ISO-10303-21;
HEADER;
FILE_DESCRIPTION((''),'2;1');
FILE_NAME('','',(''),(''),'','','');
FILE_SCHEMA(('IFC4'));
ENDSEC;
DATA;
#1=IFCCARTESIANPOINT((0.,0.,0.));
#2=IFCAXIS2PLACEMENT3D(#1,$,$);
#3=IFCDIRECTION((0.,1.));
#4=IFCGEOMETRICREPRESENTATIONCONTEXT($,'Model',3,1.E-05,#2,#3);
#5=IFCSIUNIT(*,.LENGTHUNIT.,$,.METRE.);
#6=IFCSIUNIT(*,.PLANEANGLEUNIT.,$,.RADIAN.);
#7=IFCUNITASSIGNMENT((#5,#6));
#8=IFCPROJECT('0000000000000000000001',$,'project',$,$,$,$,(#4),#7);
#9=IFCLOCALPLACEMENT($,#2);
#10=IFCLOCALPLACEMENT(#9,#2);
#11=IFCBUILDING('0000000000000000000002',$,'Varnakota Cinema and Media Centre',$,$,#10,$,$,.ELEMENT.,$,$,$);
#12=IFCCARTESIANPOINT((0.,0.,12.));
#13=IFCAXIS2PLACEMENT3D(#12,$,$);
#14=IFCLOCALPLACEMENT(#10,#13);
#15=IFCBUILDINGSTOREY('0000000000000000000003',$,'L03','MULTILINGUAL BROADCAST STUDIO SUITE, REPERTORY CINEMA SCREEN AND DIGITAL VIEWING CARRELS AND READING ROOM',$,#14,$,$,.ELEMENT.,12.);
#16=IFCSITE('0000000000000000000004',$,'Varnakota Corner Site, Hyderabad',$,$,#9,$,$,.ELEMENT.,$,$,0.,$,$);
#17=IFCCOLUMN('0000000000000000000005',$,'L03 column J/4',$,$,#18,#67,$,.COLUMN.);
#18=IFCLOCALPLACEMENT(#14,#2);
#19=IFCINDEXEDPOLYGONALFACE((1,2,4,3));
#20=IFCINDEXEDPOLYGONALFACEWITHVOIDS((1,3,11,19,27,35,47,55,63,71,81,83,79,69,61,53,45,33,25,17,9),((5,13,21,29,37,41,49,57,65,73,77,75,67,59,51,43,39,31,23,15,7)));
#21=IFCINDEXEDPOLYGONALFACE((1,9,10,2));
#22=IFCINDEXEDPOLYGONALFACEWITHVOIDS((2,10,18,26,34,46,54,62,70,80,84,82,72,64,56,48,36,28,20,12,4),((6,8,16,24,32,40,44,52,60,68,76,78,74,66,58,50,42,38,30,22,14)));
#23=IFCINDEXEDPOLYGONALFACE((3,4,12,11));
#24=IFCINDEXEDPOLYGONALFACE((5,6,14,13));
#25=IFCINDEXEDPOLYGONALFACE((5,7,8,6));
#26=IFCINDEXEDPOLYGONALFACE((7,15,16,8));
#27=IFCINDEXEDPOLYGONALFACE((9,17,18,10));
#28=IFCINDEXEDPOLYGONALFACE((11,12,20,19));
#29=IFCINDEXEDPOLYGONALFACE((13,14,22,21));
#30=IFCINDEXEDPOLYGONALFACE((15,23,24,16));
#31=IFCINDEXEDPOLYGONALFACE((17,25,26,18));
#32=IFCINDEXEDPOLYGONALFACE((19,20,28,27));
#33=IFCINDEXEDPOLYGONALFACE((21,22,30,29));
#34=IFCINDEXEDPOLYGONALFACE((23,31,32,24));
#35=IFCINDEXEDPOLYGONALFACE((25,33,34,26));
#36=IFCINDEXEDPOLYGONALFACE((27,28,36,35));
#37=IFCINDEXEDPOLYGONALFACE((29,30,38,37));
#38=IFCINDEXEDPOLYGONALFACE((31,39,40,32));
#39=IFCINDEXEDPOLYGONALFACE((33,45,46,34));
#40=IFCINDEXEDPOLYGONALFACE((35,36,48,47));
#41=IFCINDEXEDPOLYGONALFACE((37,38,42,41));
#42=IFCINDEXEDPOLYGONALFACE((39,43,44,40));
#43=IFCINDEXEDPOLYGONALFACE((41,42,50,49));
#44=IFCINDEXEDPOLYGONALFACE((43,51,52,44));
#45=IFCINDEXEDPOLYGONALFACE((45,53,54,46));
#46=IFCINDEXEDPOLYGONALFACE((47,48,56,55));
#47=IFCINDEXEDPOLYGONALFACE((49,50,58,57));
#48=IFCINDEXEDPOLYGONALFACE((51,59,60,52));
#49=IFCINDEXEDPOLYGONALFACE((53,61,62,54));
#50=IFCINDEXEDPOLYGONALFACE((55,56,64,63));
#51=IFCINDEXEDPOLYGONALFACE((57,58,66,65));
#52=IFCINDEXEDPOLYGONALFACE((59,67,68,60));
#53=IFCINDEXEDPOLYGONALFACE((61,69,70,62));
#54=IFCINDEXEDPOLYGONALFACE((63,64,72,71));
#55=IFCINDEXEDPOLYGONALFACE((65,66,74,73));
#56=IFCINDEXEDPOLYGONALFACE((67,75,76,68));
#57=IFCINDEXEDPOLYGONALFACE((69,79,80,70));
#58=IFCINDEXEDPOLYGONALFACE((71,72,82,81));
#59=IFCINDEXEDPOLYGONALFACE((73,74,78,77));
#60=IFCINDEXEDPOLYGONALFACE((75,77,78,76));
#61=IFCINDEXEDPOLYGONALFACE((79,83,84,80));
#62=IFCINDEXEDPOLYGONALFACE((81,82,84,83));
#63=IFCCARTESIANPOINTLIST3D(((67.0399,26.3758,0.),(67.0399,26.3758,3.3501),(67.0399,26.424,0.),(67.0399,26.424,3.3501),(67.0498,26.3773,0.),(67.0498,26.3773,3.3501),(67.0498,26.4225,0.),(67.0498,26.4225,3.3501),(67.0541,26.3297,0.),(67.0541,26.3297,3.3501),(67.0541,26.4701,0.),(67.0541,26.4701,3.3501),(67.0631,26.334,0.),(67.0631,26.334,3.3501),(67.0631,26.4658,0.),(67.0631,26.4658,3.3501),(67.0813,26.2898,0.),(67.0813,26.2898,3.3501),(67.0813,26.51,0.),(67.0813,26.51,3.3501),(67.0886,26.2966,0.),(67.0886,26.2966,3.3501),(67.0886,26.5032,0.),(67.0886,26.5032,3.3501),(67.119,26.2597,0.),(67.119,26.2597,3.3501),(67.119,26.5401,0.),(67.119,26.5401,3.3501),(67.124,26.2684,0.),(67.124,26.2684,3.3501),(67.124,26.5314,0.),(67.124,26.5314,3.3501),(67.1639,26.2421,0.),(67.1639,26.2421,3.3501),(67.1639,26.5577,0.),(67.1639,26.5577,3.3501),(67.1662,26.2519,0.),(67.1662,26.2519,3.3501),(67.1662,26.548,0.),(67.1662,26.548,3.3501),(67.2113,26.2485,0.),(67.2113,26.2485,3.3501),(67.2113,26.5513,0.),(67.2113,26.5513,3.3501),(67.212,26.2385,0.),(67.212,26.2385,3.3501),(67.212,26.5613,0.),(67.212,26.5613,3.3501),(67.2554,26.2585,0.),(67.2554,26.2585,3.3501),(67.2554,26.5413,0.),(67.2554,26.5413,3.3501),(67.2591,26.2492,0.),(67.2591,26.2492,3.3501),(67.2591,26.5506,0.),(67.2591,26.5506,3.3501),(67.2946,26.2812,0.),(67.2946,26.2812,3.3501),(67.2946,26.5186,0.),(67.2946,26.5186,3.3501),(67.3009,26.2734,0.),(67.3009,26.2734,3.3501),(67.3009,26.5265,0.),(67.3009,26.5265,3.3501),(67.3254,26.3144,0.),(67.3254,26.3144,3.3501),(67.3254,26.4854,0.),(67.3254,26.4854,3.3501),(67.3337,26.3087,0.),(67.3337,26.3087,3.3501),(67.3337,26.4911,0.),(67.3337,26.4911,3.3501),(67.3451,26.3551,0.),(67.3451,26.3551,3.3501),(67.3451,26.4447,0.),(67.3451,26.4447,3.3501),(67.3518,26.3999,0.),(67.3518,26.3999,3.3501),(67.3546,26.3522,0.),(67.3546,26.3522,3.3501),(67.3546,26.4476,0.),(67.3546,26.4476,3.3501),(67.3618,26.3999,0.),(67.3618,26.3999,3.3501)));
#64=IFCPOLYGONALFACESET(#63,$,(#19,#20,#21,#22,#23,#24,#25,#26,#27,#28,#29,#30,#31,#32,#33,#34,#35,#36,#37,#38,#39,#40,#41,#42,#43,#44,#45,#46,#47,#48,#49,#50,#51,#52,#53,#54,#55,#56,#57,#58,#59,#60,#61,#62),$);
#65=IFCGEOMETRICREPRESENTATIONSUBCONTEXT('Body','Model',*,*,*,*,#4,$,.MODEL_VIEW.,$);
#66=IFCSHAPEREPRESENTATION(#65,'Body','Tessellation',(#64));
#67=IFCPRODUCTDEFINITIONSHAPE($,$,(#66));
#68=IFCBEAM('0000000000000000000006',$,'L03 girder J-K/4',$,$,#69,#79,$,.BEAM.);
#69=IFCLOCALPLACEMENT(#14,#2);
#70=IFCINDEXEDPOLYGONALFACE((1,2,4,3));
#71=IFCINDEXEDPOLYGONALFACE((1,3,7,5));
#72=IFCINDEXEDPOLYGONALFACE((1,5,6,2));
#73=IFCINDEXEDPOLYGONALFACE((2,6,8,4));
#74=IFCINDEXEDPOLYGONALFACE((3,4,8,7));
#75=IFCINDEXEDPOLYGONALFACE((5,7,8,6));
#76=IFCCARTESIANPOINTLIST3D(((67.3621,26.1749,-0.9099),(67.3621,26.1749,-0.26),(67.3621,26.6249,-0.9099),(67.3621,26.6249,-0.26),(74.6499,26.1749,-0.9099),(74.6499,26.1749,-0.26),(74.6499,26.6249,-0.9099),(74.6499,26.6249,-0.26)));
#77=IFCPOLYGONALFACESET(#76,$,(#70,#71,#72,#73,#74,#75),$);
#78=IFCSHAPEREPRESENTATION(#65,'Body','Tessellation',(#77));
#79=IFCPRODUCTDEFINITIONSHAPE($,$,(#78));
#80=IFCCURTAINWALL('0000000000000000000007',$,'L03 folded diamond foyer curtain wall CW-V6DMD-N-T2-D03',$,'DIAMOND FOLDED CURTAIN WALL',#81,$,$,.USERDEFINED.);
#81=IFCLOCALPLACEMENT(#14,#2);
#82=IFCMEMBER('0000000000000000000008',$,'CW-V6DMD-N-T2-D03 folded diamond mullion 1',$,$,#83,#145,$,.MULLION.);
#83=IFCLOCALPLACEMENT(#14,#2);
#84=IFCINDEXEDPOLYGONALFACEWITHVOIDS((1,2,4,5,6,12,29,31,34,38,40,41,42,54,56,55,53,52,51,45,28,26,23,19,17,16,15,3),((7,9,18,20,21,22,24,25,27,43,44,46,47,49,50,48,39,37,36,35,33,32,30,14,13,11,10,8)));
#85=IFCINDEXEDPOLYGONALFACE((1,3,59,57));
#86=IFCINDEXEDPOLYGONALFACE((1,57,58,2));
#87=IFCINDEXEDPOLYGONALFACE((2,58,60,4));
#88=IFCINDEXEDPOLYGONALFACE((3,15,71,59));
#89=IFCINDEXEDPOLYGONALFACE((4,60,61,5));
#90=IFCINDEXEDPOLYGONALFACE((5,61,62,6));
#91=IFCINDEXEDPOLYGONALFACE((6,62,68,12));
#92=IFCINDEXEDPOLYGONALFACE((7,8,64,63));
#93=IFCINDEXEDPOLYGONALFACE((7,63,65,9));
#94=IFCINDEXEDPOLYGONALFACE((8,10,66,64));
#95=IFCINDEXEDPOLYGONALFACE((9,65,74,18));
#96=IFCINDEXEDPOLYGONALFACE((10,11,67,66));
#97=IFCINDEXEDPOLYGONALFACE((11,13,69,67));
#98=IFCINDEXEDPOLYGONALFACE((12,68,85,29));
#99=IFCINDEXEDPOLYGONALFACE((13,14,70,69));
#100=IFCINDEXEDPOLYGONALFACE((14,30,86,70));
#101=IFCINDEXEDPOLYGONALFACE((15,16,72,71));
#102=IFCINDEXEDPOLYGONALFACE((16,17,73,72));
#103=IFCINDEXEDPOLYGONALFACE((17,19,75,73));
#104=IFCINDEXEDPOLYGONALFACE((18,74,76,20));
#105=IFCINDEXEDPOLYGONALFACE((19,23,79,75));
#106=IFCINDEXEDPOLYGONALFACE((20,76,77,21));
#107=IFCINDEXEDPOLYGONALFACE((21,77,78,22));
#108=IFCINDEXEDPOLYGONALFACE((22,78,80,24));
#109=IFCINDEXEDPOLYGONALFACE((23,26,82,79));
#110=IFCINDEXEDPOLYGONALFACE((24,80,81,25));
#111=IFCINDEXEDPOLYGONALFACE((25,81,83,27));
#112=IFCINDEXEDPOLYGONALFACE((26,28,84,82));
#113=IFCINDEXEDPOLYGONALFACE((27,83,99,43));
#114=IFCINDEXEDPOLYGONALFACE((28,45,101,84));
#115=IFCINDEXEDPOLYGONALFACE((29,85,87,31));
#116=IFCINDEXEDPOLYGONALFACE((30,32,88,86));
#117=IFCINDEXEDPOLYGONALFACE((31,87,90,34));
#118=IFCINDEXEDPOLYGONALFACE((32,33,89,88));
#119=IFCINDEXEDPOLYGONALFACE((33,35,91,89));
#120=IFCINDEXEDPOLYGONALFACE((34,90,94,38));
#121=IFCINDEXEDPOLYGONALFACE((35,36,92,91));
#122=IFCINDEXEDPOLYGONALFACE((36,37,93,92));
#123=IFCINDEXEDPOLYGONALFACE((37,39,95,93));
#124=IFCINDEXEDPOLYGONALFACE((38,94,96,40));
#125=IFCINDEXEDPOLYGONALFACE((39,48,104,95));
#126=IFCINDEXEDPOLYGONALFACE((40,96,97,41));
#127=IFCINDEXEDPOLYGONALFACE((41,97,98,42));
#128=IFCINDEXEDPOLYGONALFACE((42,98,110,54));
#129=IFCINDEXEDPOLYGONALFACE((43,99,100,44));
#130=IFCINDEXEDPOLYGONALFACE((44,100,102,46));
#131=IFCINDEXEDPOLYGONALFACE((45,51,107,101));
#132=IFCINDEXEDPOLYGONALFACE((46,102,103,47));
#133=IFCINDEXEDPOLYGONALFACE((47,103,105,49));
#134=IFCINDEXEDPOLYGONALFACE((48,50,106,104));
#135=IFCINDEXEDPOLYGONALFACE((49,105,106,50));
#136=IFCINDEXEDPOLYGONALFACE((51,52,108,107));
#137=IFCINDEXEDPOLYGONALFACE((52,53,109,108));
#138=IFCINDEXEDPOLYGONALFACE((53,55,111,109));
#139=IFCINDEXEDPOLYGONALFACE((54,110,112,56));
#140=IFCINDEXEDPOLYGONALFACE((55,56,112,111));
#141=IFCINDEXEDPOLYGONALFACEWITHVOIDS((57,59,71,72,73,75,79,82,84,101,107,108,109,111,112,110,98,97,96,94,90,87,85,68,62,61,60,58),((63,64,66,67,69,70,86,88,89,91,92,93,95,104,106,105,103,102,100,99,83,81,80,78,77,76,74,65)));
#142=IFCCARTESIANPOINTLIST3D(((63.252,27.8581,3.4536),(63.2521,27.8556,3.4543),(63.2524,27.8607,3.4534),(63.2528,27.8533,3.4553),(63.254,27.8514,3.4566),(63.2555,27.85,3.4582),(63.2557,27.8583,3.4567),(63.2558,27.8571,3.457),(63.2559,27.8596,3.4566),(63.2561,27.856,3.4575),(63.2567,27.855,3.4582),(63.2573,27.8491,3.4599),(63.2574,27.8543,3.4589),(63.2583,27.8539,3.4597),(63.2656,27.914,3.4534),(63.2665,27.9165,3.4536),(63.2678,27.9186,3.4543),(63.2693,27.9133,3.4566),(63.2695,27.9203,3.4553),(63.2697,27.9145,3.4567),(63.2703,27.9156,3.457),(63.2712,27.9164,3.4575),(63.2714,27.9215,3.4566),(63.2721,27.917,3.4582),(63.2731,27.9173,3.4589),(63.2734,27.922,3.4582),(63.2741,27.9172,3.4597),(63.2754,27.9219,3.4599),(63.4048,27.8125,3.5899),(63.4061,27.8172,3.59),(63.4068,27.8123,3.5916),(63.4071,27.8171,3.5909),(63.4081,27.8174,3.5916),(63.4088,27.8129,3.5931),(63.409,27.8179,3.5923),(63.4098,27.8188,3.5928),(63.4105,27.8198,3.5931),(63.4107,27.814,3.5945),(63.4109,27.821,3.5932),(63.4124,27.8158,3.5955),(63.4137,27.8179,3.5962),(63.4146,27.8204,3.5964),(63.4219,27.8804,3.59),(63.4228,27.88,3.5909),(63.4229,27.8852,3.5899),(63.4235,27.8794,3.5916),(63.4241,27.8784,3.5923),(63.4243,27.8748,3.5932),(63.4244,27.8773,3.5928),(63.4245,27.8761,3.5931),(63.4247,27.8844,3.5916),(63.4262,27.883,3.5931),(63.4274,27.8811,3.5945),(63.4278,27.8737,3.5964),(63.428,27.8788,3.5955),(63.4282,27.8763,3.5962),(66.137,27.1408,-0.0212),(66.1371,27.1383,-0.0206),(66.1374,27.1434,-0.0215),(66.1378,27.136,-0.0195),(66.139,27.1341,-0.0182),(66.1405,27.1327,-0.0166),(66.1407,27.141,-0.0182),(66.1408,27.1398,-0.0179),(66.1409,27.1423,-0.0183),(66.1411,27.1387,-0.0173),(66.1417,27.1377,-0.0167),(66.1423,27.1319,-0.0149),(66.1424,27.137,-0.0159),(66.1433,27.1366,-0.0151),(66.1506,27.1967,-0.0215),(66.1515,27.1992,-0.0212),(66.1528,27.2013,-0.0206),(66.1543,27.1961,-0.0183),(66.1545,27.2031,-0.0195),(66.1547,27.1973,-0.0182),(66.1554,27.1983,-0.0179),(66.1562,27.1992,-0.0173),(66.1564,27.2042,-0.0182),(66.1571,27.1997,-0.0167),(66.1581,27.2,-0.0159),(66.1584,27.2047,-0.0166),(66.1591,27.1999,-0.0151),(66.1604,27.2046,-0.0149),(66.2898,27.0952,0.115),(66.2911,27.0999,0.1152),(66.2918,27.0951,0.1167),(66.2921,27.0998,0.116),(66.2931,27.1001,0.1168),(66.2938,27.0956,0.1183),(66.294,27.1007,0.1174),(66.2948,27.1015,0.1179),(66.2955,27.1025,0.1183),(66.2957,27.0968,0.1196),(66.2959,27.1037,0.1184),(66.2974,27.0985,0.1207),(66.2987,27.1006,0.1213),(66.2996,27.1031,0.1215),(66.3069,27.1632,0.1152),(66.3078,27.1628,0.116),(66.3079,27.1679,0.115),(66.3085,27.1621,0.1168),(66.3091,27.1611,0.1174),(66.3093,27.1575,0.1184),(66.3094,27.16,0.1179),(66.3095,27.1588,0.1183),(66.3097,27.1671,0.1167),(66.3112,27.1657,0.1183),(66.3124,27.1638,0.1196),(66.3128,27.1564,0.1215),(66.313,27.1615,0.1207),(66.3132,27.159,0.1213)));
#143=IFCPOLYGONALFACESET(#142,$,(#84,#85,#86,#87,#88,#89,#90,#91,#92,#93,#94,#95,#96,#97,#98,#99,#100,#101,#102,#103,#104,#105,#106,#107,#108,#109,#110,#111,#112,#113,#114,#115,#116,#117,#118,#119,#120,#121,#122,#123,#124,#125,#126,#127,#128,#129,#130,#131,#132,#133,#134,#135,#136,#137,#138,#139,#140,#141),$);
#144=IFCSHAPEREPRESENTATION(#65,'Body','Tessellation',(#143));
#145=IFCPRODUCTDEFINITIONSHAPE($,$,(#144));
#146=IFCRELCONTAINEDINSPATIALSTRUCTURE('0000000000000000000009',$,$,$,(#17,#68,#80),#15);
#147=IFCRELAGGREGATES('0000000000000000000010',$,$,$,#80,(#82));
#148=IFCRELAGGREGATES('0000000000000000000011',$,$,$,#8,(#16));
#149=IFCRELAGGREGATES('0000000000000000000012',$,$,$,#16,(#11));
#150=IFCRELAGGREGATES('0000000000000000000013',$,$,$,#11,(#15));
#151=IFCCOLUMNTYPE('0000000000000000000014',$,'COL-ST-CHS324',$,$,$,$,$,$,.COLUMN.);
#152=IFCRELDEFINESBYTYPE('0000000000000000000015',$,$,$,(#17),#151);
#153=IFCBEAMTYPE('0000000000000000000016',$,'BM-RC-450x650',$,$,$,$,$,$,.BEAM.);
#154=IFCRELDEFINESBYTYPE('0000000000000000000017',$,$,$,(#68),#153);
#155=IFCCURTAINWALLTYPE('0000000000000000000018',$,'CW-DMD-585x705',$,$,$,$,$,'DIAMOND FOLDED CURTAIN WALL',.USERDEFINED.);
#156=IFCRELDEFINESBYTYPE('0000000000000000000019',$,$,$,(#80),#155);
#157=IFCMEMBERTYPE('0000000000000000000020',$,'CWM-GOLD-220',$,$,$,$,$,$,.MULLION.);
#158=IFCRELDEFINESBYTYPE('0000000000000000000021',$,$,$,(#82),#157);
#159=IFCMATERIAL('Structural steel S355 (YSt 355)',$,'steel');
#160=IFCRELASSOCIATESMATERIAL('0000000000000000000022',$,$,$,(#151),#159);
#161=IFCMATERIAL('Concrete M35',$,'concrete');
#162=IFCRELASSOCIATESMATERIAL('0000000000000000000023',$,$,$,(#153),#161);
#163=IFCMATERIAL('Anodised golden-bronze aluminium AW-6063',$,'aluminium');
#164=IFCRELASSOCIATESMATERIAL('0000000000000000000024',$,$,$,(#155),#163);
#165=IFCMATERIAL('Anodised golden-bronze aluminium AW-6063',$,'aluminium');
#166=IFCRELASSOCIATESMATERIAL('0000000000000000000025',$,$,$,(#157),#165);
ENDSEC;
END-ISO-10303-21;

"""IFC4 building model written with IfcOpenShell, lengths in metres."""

from ifc_helpers import new_model, si_unit, direction, frame, origin, origin_2d, place, context, subcontext, project, spatial, rectangle, hollow_rectangle, hollow_circle, extrude, material, material_profile, profile_set, type_object, element, aggregate, save


model = new_model("IFC4")

# Units and contexts
model_context = context("Model", 3, precision=1e-05, world=origin(), true_north=direction((0.0, 1.0)))
body_context = subcontext(model_context, "Body", "Model", "MODEL_VIEW")
ifc_project = project(units=[si_unit("LENGTHUNIT", "METRE"), si_unit("PLANEANGLEUNIT", "RADIAN")], contexts=[model_context])

# Site, building, storey
site_placement = place(None, origin())
site = spatial("IfcSite", under=ifc_project, at=site_placement, Name="Varnakota Corner Site, Hyderabad", CompositionType="ELEMENT", RefElevation=0.0)
building_placement = place(site_placement, origin())
building = spatial("IfcBuilding", under=site, at=building_placement, Name="Varnakota Cinema and Media Centre", CompositionType="ELEMENT")
storey_placement = place(building_placement, frame((0.0, 0.0, 12.0)))
storey = spatial("IfcBuildingStorey", under=building, at=storey_placement, Name="L03", Description="MULTILINGUAL BROADCAST STUDIO SUITE, REPERTORY CINEMA SCREEN AND DIGITAL VIEWING CARRELS AND READING ROOM", CompositionType="ELEMENT", Elevation=12.0)

# Column
ifc_material_1 = material(Name="Structural steel S355 (YSt 355)", Category="steel")
ifc_material_profile_1 = material_profile(ifc_material_1, hollow_circle(Radius=0.1619, WallThickness=0.01, at=origin_2d()), Name="CHS 323.9x10.0")
ifc_profile_set_1 = profile_set([ifc_material_profile_1], Name="Structural steel S355 (YSt 355)")
column_type = type_object("IfcColumnType", Name="COL-ST-CHS324", PredefinedType="COLUMN", material=ifc_profile_set_1)
column_placement = place(storey_placement, frame((67.2, 26.3999, 0.0), z_axis=(0.0, 0.0, 1.0), x_axis=(1.0, 0.0, 0.0)))
element("IfcColumn", 1, at=column_placement, inside=storey, type_object=column_type, Name="L03 column J/4", PredefinedType="COLUMN", context=body_context, shape_type="SweptSolid", body=[
    extrude(hollow_circle(Radius=0.1619, WallThickness=0.01, at=origin_2d()), origin(), (0.0, 0.0, 1.0), 3.3501),
])

# Beam
ifc_material_2 = material(Name="Concrete M35", Category="concrete")
ifc_material_profile_2 = material_profile(ifc_material_2, rectangle(XDim=0.45, YDim=0.6499, at=origin_2d()), Name="RCB 450x650")
ifc_profile_set_2 = profile_set([ifc_material_profile_2], Name="Concrete M35")
beam_type = type_object("IfcBeamType", Name="BM-RC-450x650", PredefinedType="BEAM", material=ifc_profile_set_2)
beam_placement = place(storey_placement, frame((67.3621, 26.3999, -0.585), z_axis=(1.0, 0.0, 0.0), x_axis=(0.0, 1.0, 0.0)))
element("IfcBeam", 2, at=beam_placement, inside=storey, type_object=beam_type, Name="L03 girder J-K/4", PredefinedType="BEAM", context=body_context, shape_type="SweptSolid", body=[
    extrude(rectangle(XDim=0.45, YDim=0.6499, at=origin_2d()), origin(), (0.0, 0.0, 1.0), 7.2878),
])

# Curtain wall, member
ifc_material_3 = material(Name="Anodised golden-bronze aluminium AW-6063", Category="aluminium")
curtain_wall_type = type_object("IfcCurtainWallType", Name="CW-DMD-585x705", ElementType="DIAMOND FOLDED CURTAIN WALL", PredefinedType="USERDEFINED", material=ifc_material_3)
curtain_wall_1_placement = place(storey_placement, origin())
curtain_wall_1 = element("IfcCurtainWall", 3, at=curtain_wall_1_placement, inside=storey, type_object=curtain_wall_type, Name="L03 folded diamond foyer curtain wall CW-V6DMD-N-T2-D03", ObjectType="DIAMOND FOLDED CURTAIN WALL", PredefinedType="USERDEFINED")
ifc_material_4 = material(Name="Anodised golden-bronze aluminium AW-6063", Category="aluminium")
ifc_material_profile_3 = material_profile(ifc_material_4, hollow_rectangle(XDim=0.075, YDim=0.22, WallThickness=0.0049, InnerFilletRadius=0.0049, OuterFilletRadius=0.01, at=origin_2d()), Name="AL-MULLION 220x75x5")
ifc_profile_set_3 = profile_set([ifc_material_profile_3], Name="Anodised golden-bronze aluminium AW-6063")
member_type_1 = type_object("IfcMemberType", Name="CWM-GOLD-220", PredefinedType="MULLION", material=ifc_profile_set_3)
member_1_placement = place(storey_placement, frame((66.2251, 27.1499, 0.05), z_axis=(-0.630878, 0.156852, 0.759862), x_axis=(-0.241279, -0.970456, 0.0)))
member_1 = element("IfcMember", 4, at=member_1_placement, type_object=member_type_1, Name="CW-V6DMD-N-T2-D03 folded diamond mullion 1", PredefinedType="MULLION", context=body_context, shape_type="SweptSolid", body=[
    extrude(hollow_rectangle(XDim=0.075, YDim=0.22, WallThickness=0.0049, InnerFilletRadius=0.0049, OuterFilletRadius=0.01, at=origin_2d()), origin(), (0.0, 0.0, 1.0), 4.573),
])

aggregate(curtain_wall_1, [member_1])

save(model, "model.ifc")
